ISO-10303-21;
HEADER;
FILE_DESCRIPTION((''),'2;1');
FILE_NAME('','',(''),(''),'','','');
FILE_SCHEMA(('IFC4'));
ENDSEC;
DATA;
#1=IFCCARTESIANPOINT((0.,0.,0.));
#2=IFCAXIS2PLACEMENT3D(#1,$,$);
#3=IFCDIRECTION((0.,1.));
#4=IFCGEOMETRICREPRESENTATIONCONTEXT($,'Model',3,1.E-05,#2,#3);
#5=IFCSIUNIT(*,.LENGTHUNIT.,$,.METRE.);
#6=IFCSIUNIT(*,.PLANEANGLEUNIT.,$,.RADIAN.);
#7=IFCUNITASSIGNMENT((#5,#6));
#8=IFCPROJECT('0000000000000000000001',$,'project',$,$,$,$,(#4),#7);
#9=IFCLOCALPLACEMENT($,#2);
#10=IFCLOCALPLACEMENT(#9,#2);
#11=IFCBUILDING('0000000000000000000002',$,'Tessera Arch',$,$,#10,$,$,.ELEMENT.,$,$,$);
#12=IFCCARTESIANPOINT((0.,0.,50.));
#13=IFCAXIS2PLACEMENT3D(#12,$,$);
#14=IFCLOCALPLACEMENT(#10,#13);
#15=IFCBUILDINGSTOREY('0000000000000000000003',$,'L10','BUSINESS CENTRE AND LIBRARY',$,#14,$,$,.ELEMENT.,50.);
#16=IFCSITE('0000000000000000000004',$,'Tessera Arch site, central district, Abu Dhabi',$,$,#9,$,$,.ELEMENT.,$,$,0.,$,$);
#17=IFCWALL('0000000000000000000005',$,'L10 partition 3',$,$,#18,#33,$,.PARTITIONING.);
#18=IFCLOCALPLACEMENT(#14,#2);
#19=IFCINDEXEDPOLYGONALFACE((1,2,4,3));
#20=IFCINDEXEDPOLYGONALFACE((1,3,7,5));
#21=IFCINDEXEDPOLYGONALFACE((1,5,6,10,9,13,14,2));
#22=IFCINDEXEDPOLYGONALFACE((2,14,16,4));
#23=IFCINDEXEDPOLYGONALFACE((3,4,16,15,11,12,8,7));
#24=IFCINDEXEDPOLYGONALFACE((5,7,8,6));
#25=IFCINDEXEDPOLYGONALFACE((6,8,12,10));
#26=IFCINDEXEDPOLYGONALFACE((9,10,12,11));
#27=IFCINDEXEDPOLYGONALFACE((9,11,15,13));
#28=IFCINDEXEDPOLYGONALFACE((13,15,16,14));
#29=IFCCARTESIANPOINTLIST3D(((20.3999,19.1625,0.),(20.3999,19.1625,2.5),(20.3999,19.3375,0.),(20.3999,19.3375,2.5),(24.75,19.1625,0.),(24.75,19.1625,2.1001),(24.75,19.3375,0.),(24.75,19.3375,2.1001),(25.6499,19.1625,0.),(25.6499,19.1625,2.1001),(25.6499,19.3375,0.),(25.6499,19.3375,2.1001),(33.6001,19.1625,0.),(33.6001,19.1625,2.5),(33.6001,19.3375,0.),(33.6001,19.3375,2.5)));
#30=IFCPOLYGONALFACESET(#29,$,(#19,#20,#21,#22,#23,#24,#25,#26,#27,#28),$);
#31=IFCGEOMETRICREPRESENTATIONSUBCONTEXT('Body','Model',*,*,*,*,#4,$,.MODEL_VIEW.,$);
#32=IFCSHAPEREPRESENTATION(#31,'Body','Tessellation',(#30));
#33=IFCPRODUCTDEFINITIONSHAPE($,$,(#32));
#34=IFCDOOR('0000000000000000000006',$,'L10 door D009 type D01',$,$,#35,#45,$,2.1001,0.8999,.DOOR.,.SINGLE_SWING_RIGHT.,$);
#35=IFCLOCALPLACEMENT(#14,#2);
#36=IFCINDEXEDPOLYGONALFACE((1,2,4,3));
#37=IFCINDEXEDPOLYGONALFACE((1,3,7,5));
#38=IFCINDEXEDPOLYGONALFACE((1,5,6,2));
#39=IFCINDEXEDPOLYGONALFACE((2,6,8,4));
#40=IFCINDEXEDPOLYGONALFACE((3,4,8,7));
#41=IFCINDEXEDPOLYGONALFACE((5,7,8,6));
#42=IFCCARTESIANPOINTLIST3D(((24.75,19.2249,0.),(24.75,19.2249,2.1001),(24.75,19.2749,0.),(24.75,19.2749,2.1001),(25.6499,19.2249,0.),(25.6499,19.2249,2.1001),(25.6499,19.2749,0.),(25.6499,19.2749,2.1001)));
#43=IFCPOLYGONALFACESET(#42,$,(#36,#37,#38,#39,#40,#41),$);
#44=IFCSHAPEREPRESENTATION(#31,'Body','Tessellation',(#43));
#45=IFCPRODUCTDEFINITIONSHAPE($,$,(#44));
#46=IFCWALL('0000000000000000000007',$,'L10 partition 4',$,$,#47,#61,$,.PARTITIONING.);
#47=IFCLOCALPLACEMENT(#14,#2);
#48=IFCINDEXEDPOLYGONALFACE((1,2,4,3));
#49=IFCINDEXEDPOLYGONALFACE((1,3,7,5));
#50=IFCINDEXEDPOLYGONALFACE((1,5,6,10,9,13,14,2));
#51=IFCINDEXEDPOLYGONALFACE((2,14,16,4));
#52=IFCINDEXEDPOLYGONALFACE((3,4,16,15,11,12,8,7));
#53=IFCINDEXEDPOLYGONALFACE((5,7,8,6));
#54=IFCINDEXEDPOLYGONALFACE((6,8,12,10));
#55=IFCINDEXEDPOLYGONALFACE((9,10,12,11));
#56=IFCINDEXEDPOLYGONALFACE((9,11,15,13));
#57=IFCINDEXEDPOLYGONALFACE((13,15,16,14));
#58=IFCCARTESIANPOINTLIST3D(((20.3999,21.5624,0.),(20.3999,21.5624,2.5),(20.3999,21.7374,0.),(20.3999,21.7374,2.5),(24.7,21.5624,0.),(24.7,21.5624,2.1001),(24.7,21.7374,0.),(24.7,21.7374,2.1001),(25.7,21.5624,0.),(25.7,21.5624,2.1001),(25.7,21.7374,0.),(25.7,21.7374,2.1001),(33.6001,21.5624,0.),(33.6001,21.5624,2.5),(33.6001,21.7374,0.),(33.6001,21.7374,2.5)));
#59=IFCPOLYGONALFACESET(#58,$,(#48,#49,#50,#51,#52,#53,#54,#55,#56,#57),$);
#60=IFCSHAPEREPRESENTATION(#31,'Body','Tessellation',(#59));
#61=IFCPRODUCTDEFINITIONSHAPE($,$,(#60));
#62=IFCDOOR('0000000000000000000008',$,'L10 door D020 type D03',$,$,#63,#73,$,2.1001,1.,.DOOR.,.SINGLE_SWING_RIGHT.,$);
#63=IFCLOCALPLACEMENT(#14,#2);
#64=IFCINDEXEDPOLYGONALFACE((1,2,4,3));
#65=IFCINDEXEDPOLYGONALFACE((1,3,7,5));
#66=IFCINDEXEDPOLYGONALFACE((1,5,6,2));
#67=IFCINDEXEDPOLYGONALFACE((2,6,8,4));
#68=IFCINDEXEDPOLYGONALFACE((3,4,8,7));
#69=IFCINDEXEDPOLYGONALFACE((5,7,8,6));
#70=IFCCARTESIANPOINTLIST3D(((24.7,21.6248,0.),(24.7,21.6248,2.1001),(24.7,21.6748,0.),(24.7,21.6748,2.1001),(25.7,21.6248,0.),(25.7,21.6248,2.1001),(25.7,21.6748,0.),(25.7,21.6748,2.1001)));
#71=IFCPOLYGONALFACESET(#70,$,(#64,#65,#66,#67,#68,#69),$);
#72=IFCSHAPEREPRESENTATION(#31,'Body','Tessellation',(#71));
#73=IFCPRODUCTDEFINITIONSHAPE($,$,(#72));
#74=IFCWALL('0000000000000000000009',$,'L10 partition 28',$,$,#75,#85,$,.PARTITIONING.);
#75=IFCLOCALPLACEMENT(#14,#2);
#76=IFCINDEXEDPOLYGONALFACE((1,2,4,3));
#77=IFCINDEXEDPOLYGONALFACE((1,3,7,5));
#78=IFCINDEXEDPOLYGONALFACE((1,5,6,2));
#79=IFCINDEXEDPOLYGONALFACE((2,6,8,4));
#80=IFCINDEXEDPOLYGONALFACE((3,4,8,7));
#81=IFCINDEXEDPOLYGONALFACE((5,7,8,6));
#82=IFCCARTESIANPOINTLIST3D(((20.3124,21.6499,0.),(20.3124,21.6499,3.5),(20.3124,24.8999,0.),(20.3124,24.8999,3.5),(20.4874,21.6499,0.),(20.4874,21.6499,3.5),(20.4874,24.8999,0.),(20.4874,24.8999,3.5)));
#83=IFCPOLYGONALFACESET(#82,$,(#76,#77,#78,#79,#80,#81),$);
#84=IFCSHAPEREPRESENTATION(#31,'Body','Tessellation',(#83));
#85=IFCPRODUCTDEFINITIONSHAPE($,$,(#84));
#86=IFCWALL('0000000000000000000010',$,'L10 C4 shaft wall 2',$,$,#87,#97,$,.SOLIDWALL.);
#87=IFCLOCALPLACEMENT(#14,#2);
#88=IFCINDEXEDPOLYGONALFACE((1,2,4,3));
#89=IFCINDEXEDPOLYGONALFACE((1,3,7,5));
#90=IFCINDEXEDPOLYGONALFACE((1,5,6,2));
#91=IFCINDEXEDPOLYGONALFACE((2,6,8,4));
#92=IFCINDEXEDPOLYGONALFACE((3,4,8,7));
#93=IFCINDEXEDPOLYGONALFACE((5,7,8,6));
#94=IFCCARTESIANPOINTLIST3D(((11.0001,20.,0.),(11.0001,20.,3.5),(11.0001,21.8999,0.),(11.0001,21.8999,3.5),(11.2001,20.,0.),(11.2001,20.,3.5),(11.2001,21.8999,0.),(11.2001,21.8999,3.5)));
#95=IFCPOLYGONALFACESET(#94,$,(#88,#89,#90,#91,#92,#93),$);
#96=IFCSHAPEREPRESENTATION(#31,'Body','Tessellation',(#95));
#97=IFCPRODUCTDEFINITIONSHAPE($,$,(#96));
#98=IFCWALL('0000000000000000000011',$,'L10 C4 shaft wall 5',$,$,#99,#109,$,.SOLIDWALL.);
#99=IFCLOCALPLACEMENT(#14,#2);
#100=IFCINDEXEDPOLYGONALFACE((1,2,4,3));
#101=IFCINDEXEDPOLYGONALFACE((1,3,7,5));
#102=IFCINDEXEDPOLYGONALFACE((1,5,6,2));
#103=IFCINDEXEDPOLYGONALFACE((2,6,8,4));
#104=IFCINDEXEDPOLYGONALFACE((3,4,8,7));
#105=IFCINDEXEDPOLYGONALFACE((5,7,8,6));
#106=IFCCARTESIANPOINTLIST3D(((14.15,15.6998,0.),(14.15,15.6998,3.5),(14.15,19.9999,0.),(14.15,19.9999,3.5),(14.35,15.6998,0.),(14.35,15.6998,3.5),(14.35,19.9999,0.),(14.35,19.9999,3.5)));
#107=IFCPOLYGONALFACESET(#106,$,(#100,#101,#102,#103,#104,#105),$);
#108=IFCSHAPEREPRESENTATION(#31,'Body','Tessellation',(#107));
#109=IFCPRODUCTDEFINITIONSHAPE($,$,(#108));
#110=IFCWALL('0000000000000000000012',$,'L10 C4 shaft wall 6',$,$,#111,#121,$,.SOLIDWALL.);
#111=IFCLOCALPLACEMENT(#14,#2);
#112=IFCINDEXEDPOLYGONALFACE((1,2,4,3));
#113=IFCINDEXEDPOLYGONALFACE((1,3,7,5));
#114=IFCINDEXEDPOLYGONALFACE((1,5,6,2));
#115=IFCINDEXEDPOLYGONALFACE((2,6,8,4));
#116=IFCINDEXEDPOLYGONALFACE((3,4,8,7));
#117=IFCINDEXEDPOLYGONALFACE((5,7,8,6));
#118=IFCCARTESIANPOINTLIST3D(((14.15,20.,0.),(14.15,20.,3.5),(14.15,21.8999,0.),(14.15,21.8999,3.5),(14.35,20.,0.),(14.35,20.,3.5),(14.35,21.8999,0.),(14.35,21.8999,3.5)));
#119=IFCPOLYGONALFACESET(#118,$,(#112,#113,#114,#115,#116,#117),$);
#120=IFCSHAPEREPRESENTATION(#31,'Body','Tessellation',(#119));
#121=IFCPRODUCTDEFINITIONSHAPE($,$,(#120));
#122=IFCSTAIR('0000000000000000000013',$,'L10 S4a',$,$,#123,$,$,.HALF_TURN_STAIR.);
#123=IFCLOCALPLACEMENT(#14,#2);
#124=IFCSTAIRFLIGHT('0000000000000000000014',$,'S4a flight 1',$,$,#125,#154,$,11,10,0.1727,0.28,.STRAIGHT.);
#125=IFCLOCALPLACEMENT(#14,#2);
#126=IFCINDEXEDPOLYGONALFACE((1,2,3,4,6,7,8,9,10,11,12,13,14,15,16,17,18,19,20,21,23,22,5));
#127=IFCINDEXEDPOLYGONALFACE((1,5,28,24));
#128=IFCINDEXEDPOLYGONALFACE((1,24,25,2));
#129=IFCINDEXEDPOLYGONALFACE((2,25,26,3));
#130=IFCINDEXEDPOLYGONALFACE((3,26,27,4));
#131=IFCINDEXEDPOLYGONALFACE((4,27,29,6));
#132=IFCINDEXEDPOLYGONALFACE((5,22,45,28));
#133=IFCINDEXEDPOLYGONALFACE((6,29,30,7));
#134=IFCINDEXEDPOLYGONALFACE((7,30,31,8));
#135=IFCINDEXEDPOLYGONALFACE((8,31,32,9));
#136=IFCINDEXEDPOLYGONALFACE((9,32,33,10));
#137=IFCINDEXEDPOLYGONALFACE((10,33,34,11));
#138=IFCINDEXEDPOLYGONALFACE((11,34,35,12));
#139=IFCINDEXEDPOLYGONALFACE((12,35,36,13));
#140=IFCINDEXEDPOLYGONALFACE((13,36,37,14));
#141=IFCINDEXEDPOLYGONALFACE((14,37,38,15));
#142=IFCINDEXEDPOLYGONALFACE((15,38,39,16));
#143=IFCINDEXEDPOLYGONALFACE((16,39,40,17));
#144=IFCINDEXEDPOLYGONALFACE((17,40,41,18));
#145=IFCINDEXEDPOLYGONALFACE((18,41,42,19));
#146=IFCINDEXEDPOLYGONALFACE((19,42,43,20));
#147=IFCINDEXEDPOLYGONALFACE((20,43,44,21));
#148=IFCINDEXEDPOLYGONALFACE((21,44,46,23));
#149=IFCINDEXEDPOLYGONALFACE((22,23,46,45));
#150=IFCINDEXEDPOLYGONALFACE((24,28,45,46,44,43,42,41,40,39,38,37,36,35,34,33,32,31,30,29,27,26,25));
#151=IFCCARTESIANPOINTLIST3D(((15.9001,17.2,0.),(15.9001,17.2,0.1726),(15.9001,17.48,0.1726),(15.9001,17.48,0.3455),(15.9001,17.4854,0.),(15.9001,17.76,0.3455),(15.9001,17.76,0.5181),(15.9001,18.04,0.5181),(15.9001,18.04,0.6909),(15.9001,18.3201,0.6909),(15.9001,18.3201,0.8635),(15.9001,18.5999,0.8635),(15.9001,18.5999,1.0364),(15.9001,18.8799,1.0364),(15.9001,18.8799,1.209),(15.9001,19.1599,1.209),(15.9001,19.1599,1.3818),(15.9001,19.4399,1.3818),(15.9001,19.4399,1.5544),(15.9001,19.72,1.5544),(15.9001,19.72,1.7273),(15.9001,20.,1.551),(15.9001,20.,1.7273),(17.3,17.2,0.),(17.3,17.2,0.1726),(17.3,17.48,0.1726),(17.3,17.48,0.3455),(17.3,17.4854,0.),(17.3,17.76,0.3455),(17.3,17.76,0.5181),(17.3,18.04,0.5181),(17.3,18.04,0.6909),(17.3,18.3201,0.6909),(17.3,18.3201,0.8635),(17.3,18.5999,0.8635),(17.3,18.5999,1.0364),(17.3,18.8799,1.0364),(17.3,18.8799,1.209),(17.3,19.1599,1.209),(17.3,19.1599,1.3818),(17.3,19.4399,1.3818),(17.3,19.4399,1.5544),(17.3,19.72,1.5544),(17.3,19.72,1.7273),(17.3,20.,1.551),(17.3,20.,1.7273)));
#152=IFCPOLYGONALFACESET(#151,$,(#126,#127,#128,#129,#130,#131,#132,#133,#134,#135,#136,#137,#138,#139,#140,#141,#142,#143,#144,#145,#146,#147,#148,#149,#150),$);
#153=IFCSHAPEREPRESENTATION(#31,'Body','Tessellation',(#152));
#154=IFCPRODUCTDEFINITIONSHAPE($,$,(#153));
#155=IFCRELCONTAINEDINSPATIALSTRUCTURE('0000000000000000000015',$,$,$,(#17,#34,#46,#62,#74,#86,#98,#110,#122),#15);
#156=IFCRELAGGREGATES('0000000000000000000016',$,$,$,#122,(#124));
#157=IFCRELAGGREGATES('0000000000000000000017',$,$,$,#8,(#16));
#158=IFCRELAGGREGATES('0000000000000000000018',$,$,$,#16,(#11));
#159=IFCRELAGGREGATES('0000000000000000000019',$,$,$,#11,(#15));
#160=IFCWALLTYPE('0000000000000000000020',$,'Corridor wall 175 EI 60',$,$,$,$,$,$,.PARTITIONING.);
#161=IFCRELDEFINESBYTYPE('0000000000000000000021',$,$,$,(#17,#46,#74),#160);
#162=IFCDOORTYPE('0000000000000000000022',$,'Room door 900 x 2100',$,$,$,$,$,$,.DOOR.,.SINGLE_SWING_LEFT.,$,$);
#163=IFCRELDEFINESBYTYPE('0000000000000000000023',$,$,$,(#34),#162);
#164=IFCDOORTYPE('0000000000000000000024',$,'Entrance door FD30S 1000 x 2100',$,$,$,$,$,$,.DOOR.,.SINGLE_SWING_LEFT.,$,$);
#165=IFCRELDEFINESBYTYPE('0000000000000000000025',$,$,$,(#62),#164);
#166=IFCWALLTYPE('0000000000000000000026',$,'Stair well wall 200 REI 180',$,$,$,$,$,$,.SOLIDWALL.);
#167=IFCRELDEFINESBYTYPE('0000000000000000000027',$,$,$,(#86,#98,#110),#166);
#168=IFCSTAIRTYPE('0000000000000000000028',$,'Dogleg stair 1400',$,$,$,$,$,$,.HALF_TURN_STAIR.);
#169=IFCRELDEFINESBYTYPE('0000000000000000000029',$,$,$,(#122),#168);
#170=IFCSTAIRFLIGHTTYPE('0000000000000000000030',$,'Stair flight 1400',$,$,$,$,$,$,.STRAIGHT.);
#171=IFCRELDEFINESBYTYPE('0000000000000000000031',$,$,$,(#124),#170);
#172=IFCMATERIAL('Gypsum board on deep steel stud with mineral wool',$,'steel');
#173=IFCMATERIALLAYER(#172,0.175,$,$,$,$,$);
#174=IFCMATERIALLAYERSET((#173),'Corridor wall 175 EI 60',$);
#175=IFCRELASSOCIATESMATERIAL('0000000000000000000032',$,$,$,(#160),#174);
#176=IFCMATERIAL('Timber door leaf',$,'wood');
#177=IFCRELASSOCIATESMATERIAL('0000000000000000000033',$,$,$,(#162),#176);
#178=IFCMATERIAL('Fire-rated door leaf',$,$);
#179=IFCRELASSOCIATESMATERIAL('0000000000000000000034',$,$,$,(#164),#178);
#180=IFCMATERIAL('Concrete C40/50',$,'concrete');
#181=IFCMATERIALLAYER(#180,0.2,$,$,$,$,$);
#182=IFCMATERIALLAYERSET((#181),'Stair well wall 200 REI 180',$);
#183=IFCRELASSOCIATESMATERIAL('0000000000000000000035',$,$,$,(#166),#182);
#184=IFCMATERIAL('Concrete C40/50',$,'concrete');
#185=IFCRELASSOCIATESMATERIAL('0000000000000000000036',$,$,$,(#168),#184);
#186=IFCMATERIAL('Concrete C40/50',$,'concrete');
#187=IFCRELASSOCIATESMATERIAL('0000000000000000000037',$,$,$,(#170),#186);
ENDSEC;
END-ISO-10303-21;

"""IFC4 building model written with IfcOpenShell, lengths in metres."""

from ifc_helpers import new_model, si_unit, direction, frame, frame_2d, origin, place, context, subcontext, project, spatial, polyline, rectangle, outline, extrude, material, layer, layer_set, type_object, element, fill, aggregate, save


model = new_model("IFC4")

# Units and contexts
model_context = context("Model", 3, precision=1e-05, world=origin(), true_north=direction((0.0, 1.0)))
body_context = subcontext(model_context, "Body", "Model", "MODEL_VIEW")
ifc_project = project(units=[si_unit("LENGTHUNIT", "METRE"), si_unit("PLANEANGLEUNIT", "RADIAN")], contexts=[model_context])

# Site, building, storey
site_placement = place(None, origin())
site = spatial("IfcSite", under=ifc_project, at=site_placement, Name="Tessera Arch site, central district, Abu Dhabi", CompositionType="ELEMENT", RefElevation=0.0)
building_placement = place(site_placement, origin())
building = spatial("IfcBuilding", under=site, at=building_placement, Name="Tessera Arch", CompositionType="ELEMENT")
storey_placement = place(building_placement, frame((0.0, 0.0, 50.0)))
storey = spatial("IfcBuildingStorey", under=building, at=storey_placement, Name="L10", Description="BUSINESS CENTRE AND LIBRARY", CompositionType="ELEMENT", Elevation=50.0)

# Walls, openings, doors
ifc_material_1 = material(Name="Gypsum board on deep steel stud with mineral wool", Category="steel")
ifc_layer_1 = layer(ifc_material_1, 0.175)
ifc_layer_set_1 = layer_set([ifc_layer_1], Name="Corridor wall 175 EI 60")
wall_type_1 = type_object("IfcWallType", Name="Corridor wall 175 EI 60", PredefinedType="PARTITIONING", material=ifc_layer_set_1)
wall_1_placement = place(storey_placement, frame((20.3999, 19.25, 0.0), z_axis=(0.0, 0.0, 1.0), x_axis=(1.0, 0.0, 0.0)))
wall_1 = element("IfcWall", 1, at=wall_1_placement, inside=storey, type_object=wall_type_1, Name="L10 partition 3", PredefinedType="PARTITIONING", context=body_context, shape_type="SweptSolid", body=[
    extrude(rectangle(XDim=13.2002, YDim=0.175, at=frame_2d((6.6001, 0.0))), origin(), (0.0, 0.0, 1.0), 2.5),
])
opening_1_placement = place(wall_1_placement, frame((4.3501, 0.0, 0.0)))
opening_1 = element("IfcOpeningElement", 2, at=opening_1_placement, cuts=wall_1, PredefinedType="OPENING", context=body_context, shape_type="SweptSolid", body=[
    extrude(rectangle(XDim=0.8999, YDim=2.1001, at=frame_2d((0.45, 1.05))), frame((0.0, 0.0974, 0.0), z_axis=(0.0, -1.0, 0.0), x_axis=(1.0, 0.0, 0.0)), (0.0, 0.0, 1.0), 0.1951),
])
ifc_material_2 = material(Name="Timber door leaf", Category="wood")
door_type_1 = type_object("IfcDoorType", Name="Room door 900 x 2100", OperationType="SINGLE_SWING_LEFT", PredefinedType="DOOR", material=ifc_material_2)
door_1_placement = place(opening_1_placement, origin())
door_1 = element("IfcDoor", 3, at=door_1_placement, inside=storey, type_object=door_type_1, Name="L10 door D009 type D01", OperationType="SINGLE_SWING_RIGHT", OverallHeight=2.1001, OverallWidth=0.8999, PredefinedType="DOOR", context=body_context, shape_type="SweptSolid", body=[
    extrude(rectangle(XDim=0.8999, YDim=2.1001, at=frame_2d((0.45, 1.05))), frame((0.0, 0.0249, 0.0), z_axis=(0.0, -1.0, 0.0), x_axis=(1.0, 0.0, 0.0)), (0.0, 0.0, 1.0), 0.05),
])
fill(opening_1, door_1)
wall_2_placement = place(storey_placement, frame((20.3999, 21.6499, 0.0), z_axis=(0.0, 0.0, 1.0), x_axis=(1.0, 0.0, 0.0)))
wall_2 = element("IfcWall", 4, at=wall_2_placement, inside=storey, type_object=wall_type_1, Name="L10 partition 4", PredefinedType="PARTITIONING", context=body_context, shape_type="SweptSolid", body=[
    extrude(rectangle(XDim=13.2002, YDim=0.175, at=frame_2d((6.6001, 0.0))), origin(), (0.0, 0.0, 1.0), 2.5),
])
opening_2_placement = place(wall_2_placement, frame((4.3, 0.0, 0.0)))
opening_2 = element("IfcOpeningElement", 5, at=opening_2_placement, cuts=wall_2, PredefinedType="OPENING", context=body_context, shape_type="SweptSolid", body=[
    extrude(rectangle(XDim=1.0, YDim=2.1001, at=frame_2d((0.5, 1.05))), frame((0.0, 0.0974, 0.0), z_axis=(0.0, -1.0, 0.0), x_axis=(1.0, 0.0, 0.0)), (0.0, 0.0, 1.0), 0.1951),
])
ifc_material_3 = material(Name="Fire-rated door leaf")
door_type_2 = type_object("IfcDoorType", Name="Entrance door FD30S 1000 x 2100", OperationType="SINGLE_SWING_LEFT", PredefinedType="DOOR", material=ifc_material_3)
door_2_placement = place(opening_2_placement, origin())
door_2 = element("IfcDoor", 6, at=door_2_placement, inside=storey, type_object=door_type_2, Name="L10 door D020 type D03", OperationType="SINGLE_SWING_RIGHT", OverallHeight=2.1001, OverallWidth=1.0, PredefinedType="DOOR", context=body_context, shape_type="SweptSolid", body=[
    extrude(rectangle(XDim=1.0, YDim=2.1001, at=frame_2d((0.5, 1.05))), frame((0.0, 0.0249, 0.0), z_axis=(0.0, -1.0, 0.0), x_axis=(1.0, 0.0, 0.0)), (0.0, 0.0, 1.0), 0.05),
])
fill(opening_2, door_2)

# Walls
wall_3_placement = place(storey_placement, frame((20.3999, 21.6499, 0.0), z_axis=(0.0, 0.0, 1.0), x_axis=(0.0, 1.0, 0.0)))
element("IfcWall", 7, at=wall_3_placement, inside=storey, type_object=wall_type_1, Name="L10 partition 28", PredefinedType="PARTITIONING", context=body_context, shape_type="SweptSolid", body=[
    extrude(rectangle(XDim=3.25, YDim=0.175, at=frame_2d((1.625, 0.0))), origin(), (0.0, 0.0, 1.0), 3.5),
])
ifc_material_4 = material(Name="Concrete C40/50", Category="concrete")
ifc_layer_2 = layer(ifc_material_4, 0.2)
ifc_layer_set_2 = layer_set([ifc_layer_2], Name="Stair well wall 200 REI 180")
wall_type_2 = type_object("IfcWallType", Name="Stair well wall 200 REI 180", PredefinedType="SOLIDWALL", material=ifc_layer_set_2)
wall_4_placement = place(storey_placement, frame((11.1001, 20.0, 0.0), z_axis=(0.0, 0.0, 1.0), x_axis=(0.0, 1.0, 0.0)))
element("IfcWall", 8, at=wall_4_placement, inside=storey, type_object=wall_type_2, Name="L10 C4 shaft wall 2", PredefinedType="SOLIDWALL", context=body_context, shape_type="SweptSolid", body=[
    extrude(rectangle(XDim=1.8999, YDim=0.2, at=frame_2d((0.95, 0.0))), origin(), (0.0, 0.0, 1.0), 3.5),
])
wall_5_placement = place(storey_placement, frame((14.25, 15.7, 0.0), z_axis=(0.0, 0.0, 1.0), x_axis=(0.0, 1.0, 0.0)))
element("IfcWall", 9, at=wall_5_placement, inside=storey, type_object=wall_type_2, Name="L10 C4 shaft wall 5", PredefinedType="SOLIDWALL", context=body_context, shape_type="SweptSolid", body=[
    extrude(rectangle(XDim=4.3, YDim=0.2, at=frame_2d((2.1499, 0.0))), origin(), (0.0, 0.0, 1.0), 3.5),
])
wall_6_placement = place(storey_placement, frame((14.25, 20.0, 0.0), z_axis=(0.0, 0.0, 1.0), x_axis=(0.0, 1.0, 0.0)))
element("IfcWall", 10, at=wall_6_placement, inside=storey, type_object=wall_type_2, Name="L10 C4 shaft wall 6", PredefinedType="SOLIDWALL", context=body_context, shape_type="SweptSolid", body=[
    extrude(rectangle(XDim=1.8999, YDim=0.2, at=frame_2d((0.95, 0.0))), origin(), (0.0, 0.0, 1.0), 3.5),
])

# Stair, stair flight
ifc_material_5 = material(Name="Concrete C40/50", Category="concrete")
stair_type = type_object("IfcStairType", Name="Dogleg stair 1400", PredefinedType="HALF_TURN_STAIR", material=ifc_material_5)
stair_1_placement = place(storey_placement, origin())
stair_1 = element("IfcStair", 11, at=stair_1_placement, inside=storey, type_object=stair_type, Name="L10 S4a", PredefinedType="HALF_TURN_STAIR")
ifc_material_6 = material(Name="Concrete C40/50", Category="concrete")
stair_flight_type = type_object("IfcStairFlightType", Name="Stair flight 1400", PredefinedType="STRAIGHT", material=ifc_material_6)
stair_flight_1_placement = place(storey_placement, frame((16.6001, 17.2, 0.0), z_axis=(0.0, 0.0, 1.0), x_axis=(0.0, 1.0, 0.0)))
stair_flight_1 = element("IfcStairFlight", 12, at=stair_flight_1_placement, type_object=stair_flight_type, Name="S4a flight 1", NumberOfRisers=11, NumberOfTreads=10, PredefinedType="STRAIGHT", RiserHeight=0.1727, TreadLength=0.28, context=body_context, shape_type="SweptSolid", body=[
    extrude(outline(polyline([(0.0, 0.0), (0.0, 0.1726), (0.28, 0.1726), (0.28, 0.3455), (0.5601, 0.3455), (0.5601, 0.5181), (0.8401, 0.5181), (0.8401, 0.6909), (1.1201, 0.6909), (1.1201, 0.8635), (1.3999, 0.8635), (1.3999, 1.0364), (1.6799, 1.0364), (1.6799, 1.209), (1.96, 1.209), (1.96, 1.3818), (2.24, 1.3818), (2.24, 1.5544), (2.52, 1.5544), (2.52, 1.7273), (2.8, 1.7273), (2.8, 1.8999), (2.8, 1.551), (0.2854, 0.0), (0.0, 0.0)])), frame((0.0, 0.7, 0.0), z_axis=(0.0, -1.0, 0.0), x_axis=(1.0, 0.0, 0.0)), (0.0, 0.0, 1.0), 1.3999),
])
aggregate(stair_1, [stair_flight_1])

save(model, "model.ifc")
